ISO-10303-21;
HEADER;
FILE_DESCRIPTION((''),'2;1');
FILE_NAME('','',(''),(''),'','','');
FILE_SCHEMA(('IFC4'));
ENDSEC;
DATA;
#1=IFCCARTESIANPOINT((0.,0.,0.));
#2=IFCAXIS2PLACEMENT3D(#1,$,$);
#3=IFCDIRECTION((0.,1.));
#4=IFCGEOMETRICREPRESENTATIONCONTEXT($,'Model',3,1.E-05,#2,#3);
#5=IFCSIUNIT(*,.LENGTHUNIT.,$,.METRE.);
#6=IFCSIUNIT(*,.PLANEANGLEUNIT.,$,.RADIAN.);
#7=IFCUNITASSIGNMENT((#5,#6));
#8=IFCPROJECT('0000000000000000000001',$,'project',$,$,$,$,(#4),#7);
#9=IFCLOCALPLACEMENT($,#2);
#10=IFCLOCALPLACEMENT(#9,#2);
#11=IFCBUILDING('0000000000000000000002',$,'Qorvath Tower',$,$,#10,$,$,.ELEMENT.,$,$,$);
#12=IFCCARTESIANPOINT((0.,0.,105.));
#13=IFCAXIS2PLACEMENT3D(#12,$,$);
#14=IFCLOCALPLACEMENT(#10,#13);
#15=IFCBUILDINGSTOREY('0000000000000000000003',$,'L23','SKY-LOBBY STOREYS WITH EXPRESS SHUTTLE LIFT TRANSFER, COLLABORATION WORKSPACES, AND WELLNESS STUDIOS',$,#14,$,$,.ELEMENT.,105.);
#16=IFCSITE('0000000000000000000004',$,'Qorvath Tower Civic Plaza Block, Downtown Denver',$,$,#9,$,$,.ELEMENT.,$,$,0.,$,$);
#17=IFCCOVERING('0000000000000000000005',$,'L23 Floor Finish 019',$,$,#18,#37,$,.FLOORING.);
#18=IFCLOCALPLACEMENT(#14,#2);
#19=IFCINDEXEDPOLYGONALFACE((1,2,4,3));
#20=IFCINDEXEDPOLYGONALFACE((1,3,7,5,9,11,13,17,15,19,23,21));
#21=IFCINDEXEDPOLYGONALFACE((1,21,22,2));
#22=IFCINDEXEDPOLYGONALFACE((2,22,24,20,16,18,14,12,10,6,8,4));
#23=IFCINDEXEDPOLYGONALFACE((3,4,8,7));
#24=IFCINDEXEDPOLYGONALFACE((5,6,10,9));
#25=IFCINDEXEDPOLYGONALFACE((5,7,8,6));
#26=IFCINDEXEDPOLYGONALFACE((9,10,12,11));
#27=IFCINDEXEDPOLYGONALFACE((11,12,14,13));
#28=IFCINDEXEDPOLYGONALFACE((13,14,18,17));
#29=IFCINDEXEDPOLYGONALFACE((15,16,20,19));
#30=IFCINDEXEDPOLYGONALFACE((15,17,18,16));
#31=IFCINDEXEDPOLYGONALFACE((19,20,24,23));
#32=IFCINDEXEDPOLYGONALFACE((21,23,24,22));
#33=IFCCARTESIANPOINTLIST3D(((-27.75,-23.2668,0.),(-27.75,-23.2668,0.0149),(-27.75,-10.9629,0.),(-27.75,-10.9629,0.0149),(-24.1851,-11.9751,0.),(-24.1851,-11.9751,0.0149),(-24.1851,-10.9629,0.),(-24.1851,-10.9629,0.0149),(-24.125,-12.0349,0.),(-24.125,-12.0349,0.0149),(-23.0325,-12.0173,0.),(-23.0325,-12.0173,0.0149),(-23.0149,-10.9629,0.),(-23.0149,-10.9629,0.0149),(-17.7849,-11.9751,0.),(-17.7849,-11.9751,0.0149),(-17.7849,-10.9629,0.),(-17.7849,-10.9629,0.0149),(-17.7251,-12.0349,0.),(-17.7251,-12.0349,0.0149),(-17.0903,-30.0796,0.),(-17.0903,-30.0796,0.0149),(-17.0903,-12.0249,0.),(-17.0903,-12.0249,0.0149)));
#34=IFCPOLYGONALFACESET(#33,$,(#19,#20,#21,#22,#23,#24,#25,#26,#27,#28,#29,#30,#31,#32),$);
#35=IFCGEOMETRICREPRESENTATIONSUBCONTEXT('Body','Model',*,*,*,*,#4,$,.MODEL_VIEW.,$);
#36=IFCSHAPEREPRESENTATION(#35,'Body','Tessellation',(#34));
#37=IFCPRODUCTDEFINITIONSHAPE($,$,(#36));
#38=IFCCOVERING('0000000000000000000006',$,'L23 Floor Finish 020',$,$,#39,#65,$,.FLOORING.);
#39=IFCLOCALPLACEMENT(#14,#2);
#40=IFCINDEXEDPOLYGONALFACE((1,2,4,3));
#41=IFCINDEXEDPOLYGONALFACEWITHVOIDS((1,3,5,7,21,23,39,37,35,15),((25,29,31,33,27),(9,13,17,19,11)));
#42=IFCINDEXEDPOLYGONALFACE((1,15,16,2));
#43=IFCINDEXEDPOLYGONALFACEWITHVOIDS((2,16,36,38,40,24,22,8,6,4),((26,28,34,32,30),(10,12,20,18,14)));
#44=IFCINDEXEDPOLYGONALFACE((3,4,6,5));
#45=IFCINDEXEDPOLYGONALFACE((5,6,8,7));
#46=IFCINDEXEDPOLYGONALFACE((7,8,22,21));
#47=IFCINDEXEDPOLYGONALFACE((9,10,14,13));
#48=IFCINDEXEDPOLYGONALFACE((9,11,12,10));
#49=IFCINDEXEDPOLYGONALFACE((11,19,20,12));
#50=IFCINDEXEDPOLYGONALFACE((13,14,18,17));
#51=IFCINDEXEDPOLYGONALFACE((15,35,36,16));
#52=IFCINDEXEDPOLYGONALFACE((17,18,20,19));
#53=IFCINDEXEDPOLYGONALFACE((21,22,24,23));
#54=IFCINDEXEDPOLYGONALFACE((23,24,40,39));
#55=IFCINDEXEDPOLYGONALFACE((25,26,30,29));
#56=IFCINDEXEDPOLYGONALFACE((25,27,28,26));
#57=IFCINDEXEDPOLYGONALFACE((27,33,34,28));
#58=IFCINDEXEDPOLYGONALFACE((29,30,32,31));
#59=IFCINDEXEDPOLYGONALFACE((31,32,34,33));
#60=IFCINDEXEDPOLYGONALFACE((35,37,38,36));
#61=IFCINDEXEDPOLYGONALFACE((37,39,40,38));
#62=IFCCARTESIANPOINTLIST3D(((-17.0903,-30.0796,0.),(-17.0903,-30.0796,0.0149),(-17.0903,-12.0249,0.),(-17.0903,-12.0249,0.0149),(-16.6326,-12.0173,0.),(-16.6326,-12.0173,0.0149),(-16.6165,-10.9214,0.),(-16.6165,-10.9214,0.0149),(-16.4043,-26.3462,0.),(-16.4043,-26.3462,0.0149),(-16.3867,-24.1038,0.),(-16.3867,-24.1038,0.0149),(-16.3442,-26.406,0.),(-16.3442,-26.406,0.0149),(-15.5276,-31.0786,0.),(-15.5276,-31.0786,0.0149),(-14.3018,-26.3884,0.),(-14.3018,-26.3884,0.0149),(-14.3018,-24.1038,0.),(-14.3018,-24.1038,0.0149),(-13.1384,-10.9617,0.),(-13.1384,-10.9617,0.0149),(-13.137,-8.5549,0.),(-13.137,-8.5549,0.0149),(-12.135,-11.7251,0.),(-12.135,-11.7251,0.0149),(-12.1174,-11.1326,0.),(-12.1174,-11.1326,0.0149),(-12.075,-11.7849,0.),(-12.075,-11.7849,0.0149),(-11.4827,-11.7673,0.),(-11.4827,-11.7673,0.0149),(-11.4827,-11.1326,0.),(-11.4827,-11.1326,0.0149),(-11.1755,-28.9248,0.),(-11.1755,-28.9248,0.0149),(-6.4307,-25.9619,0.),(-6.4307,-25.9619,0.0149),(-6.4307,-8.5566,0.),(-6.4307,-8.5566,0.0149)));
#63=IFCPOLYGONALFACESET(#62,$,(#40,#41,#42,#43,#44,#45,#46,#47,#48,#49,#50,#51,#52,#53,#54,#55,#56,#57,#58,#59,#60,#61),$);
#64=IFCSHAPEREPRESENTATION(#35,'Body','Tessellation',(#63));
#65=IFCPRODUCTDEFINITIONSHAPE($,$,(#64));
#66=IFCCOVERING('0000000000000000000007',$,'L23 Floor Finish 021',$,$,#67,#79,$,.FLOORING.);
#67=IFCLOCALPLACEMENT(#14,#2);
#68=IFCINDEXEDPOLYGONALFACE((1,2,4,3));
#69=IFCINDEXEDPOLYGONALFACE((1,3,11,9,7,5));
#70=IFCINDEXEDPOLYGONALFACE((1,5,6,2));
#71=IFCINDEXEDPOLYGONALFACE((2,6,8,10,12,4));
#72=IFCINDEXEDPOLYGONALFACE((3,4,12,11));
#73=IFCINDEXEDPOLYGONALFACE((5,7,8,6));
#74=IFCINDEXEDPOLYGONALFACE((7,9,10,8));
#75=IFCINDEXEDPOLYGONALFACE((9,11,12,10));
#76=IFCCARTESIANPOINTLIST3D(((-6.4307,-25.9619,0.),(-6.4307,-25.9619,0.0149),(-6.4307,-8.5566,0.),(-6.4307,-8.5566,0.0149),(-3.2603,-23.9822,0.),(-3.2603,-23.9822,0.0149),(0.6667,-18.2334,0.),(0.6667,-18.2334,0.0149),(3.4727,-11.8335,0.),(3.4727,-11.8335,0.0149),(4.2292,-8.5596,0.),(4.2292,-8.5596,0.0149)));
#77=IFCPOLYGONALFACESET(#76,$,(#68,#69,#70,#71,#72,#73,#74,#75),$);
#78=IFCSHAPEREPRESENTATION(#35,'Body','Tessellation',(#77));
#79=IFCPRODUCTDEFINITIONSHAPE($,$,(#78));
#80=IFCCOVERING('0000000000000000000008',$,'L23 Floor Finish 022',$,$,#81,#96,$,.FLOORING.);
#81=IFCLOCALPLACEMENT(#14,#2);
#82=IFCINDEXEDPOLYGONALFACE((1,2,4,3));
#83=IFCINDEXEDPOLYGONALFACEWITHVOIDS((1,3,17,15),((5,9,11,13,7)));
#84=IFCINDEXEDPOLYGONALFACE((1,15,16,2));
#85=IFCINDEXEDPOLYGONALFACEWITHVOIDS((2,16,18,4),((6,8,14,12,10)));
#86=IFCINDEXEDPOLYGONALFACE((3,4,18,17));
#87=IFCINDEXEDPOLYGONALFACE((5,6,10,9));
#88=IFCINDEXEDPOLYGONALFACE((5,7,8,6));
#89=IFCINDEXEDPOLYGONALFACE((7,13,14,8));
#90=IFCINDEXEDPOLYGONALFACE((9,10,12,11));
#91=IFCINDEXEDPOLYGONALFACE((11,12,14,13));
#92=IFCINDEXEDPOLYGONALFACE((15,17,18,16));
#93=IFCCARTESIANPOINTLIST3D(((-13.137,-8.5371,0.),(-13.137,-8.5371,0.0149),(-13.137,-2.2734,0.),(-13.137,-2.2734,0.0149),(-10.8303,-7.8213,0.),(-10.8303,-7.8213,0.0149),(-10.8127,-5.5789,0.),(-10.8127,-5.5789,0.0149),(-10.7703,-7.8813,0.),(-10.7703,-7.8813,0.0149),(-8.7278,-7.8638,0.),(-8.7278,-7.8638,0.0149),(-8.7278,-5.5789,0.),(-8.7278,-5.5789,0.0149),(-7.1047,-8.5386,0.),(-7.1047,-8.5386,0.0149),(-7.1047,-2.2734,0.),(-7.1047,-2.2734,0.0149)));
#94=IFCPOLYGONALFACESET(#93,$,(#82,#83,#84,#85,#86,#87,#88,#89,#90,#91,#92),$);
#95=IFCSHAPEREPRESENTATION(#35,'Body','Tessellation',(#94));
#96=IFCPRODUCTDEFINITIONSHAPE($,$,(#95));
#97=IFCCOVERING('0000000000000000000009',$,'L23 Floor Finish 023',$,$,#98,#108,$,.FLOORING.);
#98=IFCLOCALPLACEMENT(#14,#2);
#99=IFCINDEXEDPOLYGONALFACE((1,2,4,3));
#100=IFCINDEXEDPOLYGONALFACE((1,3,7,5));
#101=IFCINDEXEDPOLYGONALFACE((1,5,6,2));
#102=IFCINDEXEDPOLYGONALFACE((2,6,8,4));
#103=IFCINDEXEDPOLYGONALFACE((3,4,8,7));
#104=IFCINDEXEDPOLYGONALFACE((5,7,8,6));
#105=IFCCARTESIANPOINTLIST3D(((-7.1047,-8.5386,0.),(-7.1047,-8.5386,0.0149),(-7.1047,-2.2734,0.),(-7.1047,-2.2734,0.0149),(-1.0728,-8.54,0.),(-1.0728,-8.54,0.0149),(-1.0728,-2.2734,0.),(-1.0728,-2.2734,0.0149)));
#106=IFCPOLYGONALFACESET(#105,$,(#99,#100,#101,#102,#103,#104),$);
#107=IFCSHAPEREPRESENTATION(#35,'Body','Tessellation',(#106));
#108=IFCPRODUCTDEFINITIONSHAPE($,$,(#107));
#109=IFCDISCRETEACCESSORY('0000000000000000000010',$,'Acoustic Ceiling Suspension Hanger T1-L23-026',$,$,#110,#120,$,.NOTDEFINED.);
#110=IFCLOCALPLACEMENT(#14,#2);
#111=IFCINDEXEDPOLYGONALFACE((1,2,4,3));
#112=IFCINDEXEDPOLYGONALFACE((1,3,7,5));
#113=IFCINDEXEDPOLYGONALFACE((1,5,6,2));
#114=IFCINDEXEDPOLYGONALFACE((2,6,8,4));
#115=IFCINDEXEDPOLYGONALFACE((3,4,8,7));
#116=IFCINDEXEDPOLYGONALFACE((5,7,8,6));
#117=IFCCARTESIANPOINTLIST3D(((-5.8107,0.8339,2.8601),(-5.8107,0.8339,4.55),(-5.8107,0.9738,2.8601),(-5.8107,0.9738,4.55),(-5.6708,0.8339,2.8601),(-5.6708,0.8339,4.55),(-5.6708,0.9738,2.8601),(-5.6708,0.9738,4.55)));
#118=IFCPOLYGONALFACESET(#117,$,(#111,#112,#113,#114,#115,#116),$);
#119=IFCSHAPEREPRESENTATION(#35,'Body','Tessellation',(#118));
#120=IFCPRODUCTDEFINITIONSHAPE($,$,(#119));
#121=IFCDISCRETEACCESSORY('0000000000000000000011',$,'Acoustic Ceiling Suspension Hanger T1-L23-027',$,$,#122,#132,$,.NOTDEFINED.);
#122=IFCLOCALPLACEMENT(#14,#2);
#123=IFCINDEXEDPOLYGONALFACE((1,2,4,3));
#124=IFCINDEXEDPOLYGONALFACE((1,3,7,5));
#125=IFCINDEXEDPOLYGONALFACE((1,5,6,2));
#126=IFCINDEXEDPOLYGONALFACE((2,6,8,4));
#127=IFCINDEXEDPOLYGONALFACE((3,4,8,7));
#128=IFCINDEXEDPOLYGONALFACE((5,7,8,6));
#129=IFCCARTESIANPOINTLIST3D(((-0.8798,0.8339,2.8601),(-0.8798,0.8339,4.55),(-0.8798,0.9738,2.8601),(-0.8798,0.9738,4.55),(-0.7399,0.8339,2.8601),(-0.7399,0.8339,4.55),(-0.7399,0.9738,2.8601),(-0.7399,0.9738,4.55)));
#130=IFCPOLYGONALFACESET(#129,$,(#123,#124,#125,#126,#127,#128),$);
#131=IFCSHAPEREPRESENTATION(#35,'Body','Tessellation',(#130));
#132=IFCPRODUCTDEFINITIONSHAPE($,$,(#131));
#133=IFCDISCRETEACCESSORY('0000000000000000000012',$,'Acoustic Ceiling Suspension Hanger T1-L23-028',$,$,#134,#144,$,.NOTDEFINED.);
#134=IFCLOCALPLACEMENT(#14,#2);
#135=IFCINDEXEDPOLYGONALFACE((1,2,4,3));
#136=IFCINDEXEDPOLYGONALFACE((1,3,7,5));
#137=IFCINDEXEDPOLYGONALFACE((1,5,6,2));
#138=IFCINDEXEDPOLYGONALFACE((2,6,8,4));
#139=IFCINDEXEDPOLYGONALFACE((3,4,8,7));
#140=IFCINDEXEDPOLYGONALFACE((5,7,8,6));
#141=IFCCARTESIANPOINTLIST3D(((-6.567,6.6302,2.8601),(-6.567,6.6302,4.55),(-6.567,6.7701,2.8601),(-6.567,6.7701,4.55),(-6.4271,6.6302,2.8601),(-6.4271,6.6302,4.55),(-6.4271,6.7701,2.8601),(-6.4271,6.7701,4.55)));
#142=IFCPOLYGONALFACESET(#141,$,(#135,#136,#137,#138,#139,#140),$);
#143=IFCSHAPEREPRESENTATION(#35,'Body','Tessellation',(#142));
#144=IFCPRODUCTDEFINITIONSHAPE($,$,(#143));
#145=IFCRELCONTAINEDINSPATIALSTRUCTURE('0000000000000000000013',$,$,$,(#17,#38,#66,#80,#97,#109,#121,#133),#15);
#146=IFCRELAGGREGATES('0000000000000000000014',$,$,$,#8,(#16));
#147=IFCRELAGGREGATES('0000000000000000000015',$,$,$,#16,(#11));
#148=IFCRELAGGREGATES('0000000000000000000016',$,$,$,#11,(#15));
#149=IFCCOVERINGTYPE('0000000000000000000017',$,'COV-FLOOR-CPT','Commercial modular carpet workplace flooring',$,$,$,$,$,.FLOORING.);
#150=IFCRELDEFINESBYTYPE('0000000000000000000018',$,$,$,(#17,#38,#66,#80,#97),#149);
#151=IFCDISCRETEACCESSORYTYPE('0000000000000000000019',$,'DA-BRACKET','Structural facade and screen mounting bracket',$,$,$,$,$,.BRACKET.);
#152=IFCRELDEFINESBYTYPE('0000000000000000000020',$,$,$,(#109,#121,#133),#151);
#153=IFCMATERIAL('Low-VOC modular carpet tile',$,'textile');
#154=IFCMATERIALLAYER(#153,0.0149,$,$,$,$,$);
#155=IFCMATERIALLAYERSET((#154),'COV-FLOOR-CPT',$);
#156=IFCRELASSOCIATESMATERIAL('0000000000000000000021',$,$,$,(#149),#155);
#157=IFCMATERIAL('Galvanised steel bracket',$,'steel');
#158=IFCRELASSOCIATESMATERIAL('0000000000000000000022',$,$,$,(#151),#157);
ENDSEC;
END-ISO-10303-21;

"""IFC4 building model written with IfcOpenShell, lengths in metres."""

from ifc_helpers import new_model, si_unit, direction, frame, origin, origin_2d, place, context, subcontext, project, spatial, polyline, rectangle, outline, extrude, material, layer, layer_set, type_object, element, save


model = new_model("IFC4")

# Units and contexts
model_context = context("Model", 3, precision=1e-05, world=origin(), true_north=direction((0.0, 1.0)))
body_context = subcontext(model_context, "Body", "Model", "MODEL_VIEW")
ifc_project = project(units=[si_unit("LENGTHUNIT", "METRE"), si_unit("PLANEANGLEUNIT", "RADIAN")], contexts=[model_context])

# Site, building, storey
site_placement = place(None, origin())
site = spatial("IfcSite", under=ifc_project, at=site_placement, Name="Qorvath Tower Civic Plaza Block, Downtown Denver", CompositionType="ELEMENT", RefElevation=0.0)
building_placement = place(site_placement, origin())
building = spatial("IfcBuilding", under=site, at=building_placement, Name="Qorvath Tower", CompositionType="ELEMENT")
storey_placement = place(building_placement, frame((0.0, 0.0, 105.0)))
storey = spatial("IfcBuildingStorey", under=building, at=storey_placement, Name="L23", Description="SKY-LOBBY STOREYS WITH EXPRESS SHUTTLE LIFT TRANSFER, COLLABORATION WORKSPACES, AND WELLNESS STUDIOS", CompositionType="ELEMENT", Elevation=105.0)

# Coverings
ifc_material_1 = material(Name="Low-VOC modular carpet tile", Category="textile")
ifc_layer_1 = layer(ifc_material_1, 0.0149)
ifc_layer_set_1 = layer_set([ifc_layer_1], Name="COV-FLOOR-CPT")
covering_type_1 = type_object("IfcCoveringType", Name="COV-FLOOR-CPT", Description="Commercial modular carpet workplace flooring", PredefinedType="FLOORING", material=ifc_layer_set_1)
covering_1_placement = place(storey_placement, origin())
element("IfcCovering", 1, at=covering_1_placement, inside=storey, type_object=covering_type_1, Name="L23 Floor Finish 019", PredefinedType="FLOORING", context=body_context, shape_type="SweptSolid", body=[
    extrude(outline(polyline([(-17.7849, -11.9751), (-17.7849, -10.9629), (-23.0149, -10.9629), (-23.0325, -12.0173), (-24.125, -12.0349), (-24.1851, -11.9751), (-24.1851, -10.9629), (-27.75, -10.9629), (-27.75, -23.2668), (-17.0903, -30.0796), (-17.0903, -12.0249), (-17.7251, -12.0349), (-17.7849, -11.9751)])), origin(), (0.0, 0.0, 1.0), 0.0149),
])
covering_2_placement = place(storey_placement, origin())
element("IfcCovering", 2, at=covering_2_placement, inside=storey, type_object=covering_type_1, Name="L23 Floor Finish 020", PredefinedType="FLOORING", context=body_context, shape_type="SweptSolid", body=[
    extrude(outline(polyline([(-17.0903, -12.0249), (-17.0903, -30.0796), (-15.5276, -31.0786), (-11.1755, -28.9248), (-6.4307, -25.9619), (-6.4307, -8.5566), (-13.137, -8.5549), (-13.1384, -10.9617), (-16.6165, -10.9214), (-16.6326, -12.0173), (-17.0903, -12.0249)]), holes=[polyline([(-12.135, -11.7251), (-12.1174, -11.1326), (-11.4827, -11.1326), (-11.4827, -11.7673), (-12.075, -11.7849), (-12.135, -11.7251)]), polyline([(-16.4043, -26.3462), (-16.3867, -24.1038), (-14.3018, -24.1038), (-14.3018, -26.3884), (-16.3442, -26.406), (-16.4043, -26.3462)])]), origin(), (0.0, 0.0, 1.0), 0.0149),
])
covering_3_placement = place(storey_placement, origin())
element("IfcCovering", 3, at=covering_3_placement, inside=storey, type_object=covering_type_1, Name="L23 Floor Finish 021", PredefinedType="FLOORING", context=body_context, shape_type="SweptSolid", body=[
    extrude(outline(polyline([(-6.4307, -8.5566), (-6.4307, -25.9619), (-3.2603, -23.9822), (0.6667, -18.2334), (3.4727, -11.8335), (4.2292, -8.5596), (-6.4307, -8.5566)])), origin(), (0.0, 0.0, 1.0), 0.0149),
])
covering_4_placement = place(storey_placement, origin())
element("IfcCovering", 4, at=covering_4_placement, inside=storey, type_object=covering_type_1, Name="L23 Floor Finish 022", PredefinedType="FLOORING", context=body_context, shape_type="SweptSolid", body=[
    extrude(outline(polyline([(-7.1047, -8.5386), (-7.1047, -2.2734), (-13.137, -2.2734), (-13.137, -8.5371), (-7.1047, -8.5386)]), holes=[polyline([(-10.8303, -7.8213), (-10.8127, -5.5789), (-8.7278, -5.5789), (-8.7278, -7.8638), (-10.7703, -7.8813), (-10.8303, -7.8213)])]), origin(), (0.0, 0.0, 1.0), 0.0149),
])
covering_5_placement = place(storey_placement, origin())
element("IfcCovering", 5, at=covering_5_placement, inside=storey, type_object=covering_type_1, Name="L23 Floor Finish 023", PredefinedType="FLOORING", context=body_context, shape_type="SweptSolid", body=[
    extrude(outline(polyline([(-1.0728, -8.54), (-1.0728, -2.2734), (-7.1047, -2.2734), (-7.1047, -8.5386), (-1.0728, -8.54)])), origin(), (0.0, 0.0, 1.0), 0.0149),
])

# Discrete accessories
ifc_material_2 = material(Name="Galvanised steel bracket", Category="steel")
discrete_accessory_type = type_object("IfcDiscreteAccessoryType", Name="DA-BRACKET", Description="Structural facade and screen mounting bracket", PredefinedType="BRACKET", material=ifc_material_2)
for number, where, z_axis, x_axis, name in (
    (6, (-5.7407, 0.9038, 2.8601), (0.0, 0.0, 1.0), (1.0, 0.0, 0.0), "Acoustic Ceiling Suspension Hanger T1-L23-026"),
    (7, (-0.8098, 0.9038, 2.8601), (0.0, 0.0, 1.0), (1.0, 0.0, 0.0), "Acoustic Ceiling Suspension Hanger T1-L23-027"),
    (8, (-6.4971, 6.7002, 2.8601), (0.0, 0.0, 1.0), (1.0, 0.0, 0.0), "Acoustic Ceiling Suspension Hanger T1-L23-028"),
):
    element("IfcDiscreteAccessory", number, at=place(storey_placement, frame(where, z_axis=z_axis, x_axis=x_axis)), inside=storey, type_object=discrete_accessory_type, Name=name, PredefinedType="NOTDEFINED", context=body_context, shape_type="SweptSolid", body=[
        extrude(rectangle(XDim=0.1399, YDim=0.1399, at=origin_2d()), origin(), (0.0, 0.0, 1.0), 1.6899),
    ])

save(model, "model.ifc")
